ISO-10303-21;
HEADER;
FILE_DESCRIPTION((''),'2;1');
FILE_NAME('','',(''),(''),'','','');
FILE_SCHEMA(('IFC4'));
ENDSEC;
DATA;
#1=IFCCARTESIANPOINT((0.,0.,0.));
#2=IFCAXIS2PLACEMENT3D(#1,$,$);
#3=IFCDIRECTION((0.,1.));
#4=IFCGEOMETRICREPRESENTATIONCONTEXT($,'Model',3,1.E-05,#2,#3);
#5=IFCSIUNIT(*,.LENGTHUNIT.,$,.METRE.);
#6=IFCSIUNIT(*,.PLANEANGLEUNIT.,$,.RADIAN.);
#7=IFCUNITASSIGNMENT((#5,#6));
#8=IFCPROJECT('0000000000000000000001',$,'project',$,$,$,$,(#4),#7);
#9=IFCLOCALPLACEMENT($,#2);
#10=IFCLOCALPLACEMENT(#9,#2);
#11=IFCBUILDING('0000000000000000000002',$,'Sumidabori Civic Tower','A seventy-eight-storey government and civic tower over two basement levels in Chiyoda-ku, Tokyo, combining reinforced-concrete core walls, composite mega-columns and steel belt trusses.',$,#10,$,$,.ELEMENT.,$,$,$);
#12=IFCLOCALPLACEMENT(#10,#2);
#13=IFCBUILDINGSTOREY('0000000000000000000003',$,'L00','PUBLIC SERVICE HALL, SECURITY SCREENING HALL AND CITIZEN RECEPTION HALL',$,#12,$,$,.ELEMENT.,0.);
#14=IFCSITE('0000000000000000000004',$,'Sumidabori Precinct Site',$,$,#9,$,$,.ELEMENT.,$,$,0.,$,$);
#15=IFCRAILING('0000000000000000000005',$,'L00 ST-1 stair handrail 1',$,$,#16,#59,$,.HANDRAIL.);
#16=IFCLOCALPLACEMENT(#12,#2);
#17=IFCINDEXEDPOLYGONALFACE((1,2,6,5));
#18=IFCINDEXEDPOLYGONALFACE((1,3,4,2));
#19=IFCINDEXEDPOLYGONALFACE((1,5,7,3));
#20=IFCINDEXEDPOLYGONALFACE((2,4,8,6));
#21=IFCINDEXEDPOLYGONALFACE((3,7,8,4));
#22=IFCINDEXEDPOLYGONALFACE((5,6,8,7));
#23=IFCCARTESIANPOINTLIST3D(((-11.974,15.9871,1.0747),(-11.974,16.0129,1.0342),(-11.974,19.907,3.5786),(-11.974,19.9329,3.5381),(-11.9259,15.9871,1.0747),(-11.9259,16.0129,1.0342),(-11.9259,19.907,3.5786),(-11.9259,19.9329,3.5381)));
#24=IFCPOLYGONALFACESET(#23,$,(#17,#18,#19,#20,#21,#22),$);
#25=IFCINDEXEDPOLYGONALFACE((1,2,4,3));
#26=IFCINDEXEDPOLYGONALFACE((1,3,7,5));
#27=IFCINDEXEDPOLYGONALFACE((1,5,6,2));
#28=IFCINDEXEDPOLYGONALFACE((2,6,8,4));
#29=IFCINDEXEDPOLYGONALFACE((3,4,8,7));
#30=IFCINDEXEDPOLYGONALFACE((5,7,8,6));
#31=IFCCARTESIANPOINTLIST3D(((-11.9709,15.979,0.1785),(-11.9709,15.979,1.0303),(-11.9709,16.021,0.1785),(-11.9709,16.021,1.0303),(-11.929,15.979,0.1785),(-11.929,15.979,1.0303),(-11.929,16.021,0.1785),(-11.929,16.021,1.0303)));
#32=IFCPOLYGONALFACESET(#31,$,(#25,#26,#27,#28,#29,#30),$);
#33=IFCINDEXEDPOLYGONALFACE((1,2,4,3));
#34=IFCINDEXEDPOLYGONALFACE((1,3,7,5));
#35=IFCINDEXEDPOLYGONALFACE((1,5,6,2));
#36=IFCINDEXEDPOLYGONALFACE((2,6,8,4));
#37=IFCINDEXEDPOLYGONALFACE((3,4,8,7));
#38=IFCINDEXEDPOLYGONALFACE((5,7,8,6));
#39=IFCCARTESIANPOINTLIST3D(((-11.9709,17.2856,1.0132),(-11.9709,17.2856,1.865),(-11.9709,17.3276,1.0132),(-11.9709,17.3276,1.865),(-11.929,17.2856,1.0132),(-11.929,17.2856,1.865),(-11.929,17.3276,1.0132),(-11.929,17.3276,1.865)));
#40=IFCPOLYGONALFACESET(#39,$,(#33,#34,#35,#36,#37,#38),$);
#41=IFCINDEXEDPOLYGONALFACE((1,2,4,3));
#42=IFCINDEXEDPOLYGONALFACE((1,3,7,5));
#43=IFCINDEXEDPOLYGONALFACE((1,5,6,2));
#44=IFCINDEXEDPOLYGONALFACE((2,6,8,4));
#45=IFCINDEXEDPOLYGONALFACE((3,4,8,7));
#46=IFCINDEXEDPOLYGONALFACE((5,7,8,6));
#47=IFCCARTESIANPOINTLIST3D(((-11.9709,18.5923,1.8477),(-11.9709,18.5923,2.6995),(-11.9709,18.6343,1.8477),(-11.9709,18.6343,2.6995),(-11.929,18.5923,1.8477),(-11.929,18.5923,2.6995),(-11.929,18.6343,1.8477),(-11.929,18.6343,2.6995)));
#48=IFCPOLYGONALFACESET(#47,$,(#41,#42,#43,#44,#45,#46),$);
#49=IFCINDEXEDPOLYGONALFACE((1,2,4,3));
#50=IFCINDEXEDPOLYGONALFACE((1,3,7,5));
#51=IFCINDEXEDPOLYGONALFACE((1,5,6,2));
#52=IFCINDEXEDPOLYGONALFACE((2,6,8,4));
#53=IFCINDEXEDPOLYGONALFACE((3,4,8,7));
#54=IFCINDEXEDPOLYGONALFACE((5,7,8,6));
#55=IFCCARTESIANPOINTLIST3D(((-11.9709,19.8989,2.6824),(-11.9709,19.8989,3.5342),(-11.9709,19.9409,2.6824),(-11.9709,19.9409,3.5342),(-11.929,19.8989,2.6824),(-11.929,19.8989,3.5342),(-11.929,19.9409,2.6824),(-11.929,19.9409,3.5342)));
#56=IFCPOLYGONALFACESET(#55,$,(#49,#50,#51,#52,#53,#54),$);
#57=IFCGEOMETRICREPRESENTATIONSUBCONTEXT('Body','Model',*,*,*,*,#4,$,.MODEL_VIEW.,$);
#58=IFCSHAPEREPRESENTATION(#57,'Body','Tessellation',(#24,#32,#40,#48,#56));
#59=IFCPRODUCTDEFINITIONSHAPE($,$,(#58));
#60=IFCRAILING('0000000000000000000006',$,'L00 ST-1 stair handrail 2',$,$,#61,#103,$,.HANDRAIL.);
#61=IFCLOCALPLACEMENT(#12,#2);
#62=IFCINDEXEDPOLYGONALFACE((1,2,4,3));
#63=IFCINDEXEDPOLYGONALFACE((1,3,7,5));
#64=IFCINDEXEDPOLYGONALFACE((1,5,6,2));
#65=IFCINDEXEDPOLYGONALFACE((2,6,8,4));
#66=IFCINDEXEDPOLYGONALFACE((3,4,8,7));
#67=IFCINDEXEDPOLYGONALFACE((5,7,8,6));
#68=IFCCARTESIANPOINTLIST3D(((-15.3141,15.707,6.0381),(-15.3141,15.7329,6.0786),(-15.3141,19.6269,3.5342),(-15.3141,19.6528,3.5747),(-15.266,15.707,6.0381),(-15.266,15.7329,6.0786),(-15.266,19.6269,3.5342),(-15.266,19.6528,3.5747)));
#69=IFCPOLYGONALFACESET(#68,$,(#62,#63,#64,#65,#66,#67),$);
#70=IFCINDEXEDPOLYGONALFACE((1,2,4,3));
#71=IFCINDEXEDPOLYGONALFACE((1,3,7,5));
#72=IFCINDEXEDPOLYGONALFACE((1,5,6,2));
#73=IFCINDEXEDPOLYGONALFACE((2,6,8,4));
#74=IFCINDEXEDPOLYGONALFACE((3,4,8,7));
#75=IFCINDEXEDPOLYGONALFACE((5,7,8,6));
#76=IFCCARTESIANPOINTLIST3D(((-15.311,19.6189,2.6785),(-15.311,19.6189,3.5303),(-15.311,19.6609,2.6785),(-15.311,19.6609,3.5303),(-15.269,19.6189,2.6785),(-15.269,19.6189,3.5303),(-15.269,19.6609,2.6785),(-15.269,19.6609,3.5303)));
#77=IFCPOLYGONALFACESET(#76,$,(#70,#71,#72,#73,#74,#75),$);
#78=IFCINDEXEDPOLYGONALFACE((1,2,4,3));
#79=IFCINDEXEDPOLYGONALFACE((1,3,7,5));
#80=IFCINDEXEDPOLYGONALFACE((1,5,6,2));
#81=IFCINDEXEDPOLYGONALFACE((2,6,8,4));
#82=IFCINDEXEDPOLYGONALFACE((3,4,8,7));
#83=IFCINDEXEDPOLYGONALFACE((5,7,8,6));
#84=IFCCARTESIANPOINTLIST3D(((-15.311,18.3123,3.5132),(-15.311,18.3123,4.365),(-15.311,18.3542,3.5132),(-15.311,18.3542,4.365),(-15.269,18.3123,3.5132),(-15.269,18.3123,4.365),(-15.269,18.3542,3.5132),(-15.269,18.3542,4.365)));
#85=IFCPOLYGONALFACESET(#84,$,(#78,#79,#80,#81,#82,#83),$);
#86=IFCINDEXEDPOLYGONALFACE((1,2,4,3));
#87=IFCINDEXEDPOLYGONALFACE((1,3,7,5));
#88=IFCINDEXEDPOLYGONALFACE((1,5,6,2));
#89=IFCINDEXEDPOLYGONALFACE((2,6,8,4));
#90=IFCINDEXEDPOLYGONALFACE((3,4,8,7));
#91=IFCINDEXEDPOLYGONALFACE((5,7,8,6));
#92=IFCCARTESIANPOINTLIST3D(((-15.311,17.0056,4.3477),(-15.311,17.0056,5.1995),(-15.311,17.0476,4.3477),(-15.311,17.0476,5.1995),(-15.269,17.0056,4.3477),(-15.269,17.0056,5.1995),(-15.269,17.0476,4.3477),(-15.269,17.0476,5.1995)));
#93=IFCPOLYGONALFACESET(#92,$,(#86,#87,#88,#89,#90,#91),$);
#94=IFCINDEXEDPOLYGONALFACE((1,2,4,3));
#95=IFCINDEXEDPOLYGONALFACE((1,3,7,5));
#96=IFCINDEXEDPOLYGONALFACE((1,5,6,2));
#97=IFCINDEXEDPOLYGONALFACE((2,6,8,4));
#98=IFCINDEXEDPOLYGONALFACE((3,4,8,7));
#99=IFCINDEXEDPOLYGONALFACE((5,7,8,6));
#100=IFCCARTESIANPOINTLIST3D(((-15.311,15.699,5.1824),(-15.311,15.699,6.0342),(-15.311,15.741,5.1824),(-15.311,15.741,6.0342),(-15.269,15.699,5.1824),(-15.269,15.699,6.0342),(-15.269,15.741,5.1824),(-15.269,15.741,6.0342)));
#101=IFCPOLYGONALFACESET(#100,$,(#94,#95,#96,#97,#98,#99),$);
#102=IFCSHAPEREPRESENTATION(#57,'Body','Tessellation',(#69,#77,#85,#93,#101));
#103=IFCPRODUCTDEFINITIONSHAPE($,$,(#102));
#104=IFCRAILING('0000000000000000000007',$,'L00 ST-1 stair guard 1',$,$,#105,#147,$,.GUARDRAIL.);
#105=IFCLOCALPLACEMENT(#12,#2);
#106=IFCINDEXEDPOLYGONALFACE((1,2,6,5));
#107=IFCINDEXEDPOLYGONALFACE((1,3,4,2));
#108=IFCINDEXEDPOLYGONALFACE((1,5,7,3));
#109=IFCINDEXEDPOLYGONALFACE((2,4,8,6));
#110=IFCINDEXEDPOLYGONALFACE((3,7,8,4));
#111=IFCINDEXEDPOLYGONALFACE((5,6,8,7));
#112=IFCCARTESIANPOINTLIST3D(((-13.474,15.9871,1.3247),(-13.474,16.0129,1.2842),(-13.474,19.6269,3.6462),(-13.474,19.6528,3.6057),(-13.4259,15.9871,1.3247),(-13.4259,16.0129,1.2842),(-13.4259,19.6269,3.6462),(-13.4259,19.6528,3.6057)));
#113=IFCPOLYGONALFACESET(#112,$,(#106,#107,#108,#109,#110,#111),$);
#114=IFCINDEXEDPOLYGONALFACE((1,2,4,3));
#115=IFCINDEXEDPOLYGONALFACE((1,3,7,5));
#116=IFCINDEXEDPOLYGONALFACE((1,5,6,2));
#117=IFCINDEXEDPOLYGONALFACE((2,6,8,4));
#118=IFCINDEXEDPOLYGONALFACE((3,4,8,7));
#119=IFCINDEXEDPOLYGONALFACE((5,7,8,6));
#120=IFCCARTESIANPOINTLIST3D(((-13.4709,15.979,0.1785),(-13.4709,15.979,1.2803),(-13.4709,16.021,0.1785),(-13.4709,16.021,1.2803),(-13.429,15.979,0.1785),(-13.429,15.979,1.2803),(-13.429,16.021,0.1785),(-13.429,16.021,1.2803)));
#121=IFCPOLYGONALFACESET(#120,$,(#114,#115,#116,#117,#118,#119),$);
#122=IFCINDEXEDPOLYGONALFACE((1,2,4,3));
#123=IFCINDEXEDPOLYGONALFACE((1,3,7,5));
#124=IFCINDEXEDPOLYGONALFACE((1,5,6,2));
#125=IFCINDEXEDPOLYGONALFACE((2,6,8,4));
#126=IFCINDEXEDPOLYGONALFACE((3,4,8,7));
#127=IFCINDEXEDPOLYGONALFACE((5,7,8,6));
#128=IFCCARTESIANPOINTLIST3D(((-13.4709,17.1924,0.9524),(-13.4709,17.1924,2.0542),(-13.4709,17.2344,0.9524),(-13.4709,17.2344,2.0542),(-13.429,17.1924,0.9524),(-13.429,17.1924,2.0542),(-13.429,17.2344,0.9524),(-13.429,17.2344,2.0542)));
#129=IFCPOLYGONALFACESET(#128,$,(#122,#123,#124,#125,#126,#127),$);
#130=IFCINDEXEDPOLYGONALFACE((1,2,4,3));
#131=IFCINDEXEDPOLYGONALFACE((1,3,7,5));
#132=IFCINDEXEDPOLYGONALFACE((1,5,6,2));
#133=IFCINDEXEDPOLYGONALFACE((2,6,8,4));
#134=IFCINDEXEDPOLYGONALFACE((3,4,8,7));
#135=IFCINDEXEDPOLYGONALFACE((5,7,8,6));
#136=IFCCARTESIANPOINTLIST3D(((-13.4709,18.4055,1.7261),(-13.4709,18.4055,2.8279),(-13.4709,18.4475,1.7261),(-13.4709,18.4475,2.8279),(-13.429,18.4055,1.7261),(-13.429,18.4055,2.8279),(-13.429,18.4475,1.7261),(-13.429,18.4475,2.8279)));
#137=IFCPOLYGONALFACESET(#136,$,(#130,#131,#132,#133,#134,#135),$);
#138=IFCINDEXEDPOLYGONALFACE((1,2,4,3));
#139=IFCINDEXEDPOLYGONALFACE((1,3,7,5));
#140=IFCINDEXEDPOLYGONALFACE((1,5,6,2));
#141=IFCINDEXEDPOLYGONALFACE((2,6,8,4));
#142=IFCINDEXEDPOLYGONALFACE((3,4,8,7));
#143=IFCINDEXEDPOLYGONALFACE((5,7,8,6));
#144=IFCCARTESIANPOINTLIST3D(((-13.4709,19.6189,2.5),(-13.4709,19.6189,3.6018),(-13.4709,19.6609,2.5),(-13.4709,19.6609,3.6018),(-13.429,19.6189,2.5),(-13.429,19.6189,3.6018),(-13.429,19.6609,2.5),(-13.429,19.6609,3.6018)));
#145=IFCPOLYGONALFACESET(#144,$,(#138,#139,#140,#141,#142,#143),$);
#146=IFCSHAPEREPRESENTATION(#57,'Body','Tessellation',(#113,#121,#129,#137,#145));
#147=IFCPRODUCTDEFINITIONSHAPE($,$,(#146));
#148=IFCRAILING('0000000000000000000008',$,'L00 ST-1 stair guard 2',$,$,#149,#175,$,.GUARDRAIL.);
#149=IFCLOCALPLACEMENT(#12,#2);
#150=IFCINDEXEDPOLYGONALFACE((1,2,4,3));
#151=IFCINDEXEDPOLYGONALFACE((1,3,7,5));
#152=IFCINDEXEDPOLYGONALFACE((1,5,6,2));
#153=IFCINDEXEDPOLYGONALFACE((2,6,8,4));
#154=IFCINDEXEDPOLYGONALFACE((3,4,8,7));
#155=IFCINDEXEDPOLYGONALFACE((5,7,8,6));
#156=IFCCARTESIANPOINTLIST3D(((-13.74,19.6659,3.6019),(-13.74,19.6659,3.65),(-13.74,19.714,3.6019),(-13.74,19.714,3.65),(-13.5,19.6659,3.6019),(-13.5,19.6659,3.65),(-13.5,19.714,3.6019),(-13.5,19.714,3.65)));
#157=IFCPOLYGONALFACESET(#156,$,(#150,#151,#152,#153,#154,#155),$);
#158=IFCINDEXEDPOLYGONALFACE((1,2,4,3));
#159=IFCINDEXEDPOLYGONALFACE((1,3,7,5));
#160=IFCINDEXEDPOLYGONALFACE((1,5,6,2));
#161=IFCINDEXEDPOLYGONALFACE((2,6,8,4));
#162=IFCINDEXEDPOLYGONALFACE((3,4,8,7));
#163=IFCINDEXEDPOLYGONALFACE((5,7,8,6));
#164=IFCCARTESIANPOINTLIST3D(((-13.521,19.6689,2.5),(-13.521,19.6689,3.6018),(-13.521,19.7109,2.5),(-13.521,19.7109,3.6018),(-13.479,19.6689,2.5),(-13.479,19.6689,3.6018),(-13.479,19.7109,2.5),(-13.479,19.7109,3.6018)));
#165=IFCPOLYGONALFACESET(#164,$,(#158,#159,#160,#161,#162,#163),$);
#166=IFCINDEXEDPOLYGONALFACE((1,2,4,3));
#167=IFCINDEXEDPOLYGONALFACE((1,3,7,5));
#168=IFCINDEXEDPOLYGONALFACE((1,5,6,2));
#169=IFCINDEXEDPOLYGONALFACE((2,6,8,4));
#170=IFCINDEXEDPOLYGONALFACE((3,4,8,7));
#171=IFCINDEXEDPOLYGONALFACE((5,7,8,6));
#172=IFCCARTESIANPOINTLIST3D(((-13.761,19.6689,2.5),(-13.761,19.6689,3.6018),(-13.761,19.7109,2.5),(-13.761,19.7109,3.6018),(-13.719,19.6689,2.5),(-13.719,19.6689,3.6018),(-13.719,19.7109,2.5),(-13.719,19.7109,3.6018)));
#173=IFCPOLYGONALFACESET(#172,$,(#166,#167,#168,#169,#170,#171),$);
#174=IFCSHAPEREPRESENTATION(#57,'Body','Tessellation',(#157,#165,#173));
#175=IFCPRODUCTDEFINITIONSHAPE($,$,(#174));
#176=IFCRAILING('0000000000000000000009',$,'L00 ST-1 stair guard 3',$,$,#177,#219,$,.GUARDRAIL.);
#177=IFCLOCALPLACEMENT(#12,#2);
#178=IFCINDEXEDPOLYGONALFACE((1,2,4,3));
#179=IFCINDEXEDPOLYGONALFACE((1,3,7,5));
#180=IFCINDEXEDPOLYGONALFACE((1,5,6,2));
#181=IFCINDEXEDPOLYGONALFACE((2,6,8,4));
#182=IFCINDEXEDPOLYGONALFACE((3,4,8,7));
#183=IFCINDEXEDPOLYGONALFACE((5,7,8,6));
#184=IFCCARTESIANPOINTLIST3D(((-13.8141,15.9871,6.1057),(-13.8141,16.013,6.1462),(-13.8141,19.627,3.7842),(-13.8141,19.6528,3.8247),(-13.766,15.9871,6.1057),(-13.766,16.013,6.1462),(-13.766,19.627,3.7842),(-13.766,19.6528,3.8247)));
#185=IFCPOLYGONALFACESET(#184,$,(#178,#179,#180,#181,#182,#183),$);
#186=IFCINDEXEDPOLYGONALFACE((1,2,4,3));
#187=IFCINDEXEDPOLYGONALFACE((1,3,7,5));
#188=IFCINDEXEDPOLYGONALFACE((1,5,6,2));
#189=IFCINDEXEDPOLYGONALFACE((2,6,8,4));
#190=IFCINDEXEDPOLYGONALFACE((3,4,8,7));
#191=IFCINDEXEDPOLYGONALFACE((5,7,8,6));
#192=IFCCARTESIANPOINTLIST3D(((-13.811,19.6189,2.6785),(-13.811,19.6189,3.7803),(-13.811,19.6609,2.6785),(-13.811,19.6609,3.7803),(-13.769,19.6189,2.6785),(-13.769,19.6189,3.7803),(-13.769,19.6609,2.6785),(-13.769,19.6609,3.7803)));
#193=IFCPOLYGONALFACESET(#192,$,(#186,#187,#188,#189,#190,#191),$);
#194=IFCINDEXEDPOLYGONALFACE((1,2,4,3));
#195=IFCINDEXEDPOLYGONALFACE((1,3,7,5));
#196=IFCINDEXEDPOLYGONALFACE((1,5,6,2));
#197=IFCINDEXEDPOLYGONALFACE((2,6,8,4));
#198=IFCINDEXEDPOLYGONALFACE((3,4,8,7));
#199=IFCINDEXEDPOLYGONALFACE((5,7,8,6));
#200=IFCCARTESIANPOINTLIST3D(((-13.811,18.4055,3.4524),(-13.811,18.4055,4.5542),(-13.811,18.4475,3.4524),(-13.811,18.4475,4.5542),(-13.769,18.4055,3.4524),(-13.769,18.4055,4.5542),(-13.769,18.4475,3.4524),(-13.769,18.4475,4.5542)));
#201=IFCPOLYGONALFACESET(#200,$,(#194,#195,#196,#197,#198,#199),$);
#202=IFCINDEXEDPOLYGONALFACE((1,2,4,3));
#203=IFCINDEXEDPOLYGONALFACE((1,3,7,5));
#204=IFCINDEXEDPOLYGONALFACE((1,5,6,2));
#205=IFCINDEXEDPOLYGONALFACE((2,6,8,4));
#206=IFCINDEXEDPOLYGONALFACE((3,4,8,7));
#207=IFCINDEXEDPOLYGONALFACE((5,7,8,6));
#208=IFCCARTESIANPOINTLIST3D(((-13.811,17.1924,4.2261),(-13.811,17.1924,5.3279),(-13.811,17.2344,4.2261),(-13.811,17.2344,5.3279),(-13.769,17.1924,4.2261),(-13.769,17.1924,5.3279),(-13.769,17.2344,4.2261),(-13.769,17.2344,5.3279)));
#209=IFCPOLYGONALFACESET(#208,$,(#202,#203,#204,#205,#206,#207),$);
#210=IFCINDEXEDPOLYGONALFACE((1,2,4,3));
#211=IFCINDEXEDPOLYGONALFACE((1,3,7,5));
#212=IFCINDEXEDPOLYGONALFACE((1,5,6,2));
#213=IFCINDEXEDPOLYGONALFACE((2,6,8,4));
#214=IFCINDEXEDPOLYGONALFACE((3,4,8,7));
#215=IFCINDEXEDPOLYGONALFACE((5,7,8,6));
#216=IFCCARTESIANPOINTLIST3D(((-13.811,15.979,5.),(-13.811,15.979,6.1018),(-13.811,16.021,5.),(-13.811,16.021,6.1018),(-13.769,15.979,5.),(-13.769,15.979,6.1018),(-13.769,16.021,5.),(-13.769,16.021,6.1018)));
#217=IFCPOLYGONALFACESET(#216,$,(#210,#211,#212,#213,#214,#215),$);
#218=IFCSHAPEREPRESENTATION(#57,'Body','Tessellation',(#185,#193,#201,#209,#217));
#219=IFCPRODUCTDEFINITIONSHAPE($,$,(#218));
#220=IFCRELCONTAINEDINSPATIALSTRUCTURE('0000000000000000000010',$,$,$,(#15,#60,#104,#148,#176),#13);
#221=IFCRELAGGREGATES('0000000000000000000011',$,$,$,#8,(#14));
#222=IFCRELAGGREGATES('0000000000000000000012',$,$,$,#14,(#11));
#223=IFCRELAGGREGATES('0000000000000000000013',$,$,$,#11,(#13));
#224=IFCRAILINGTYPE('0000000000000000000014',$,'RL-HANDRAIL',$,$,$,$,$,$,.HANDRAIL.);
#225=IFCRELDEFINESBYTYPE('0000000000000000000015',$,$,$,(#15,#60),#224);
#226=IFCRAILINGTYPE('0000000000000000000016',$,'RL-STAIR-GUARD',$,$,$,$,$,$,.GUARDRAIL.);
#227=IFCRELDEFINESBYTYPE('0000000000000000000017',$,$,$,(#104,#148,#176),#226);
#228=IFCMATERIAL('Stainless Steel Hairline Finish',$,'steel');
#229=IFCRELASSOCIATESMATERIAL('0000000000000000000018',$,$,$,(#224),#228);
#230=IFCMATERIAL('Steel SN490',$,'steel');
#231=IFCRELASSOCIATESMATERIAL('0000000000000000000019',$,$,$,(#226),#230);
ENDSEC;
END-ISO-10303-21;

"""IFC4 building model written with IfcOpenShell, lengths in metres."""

from ifc_helpers import new_model, si_unit, direction, frame, origin, origin_2d, place, context, subcontext, project, spatial, rectangle, extrude, material, type_object, element, save


model = new_model("IFC4")

# Units and contexts
model_context = context("Model", 3, precision=1e-05, world=origin(), true_north=direction((0.0, 1.0)))
body_context = subcontext(model_context, "Body", "Model", "MODEL_VIEW")
ifc_project = project(units=[si_unit("LENGTHUNIT", "METRE"), si_unit("PLANEANGLEUNIT", "RADIAN")], contexts=[model_context])

# Site, building, storey
site_placement = place(None, origin())
site = spatial("IfcSite", under=ifc_project, at=site_placement, Name="Sumidabori Precinct Site", CompositionType="ELEMENT", RefElevation=0.0)
building_placement = place(site_placement, origin())
building = spatial("IfcBuilding", under=site, at=building_placement, Name="Sumidabori Civic Tower", Description="A seventy-eight-storey government and civic tower over two basement levels in Chiyoda-ku, Tokyo, combining reinforced-concrete core walls, composite mega-columns and steel belt trusses.", CompositionType="ELEMENT")
storey_placement = place(building_placement, origin())
storey = spatial("IfcBuildingStorey", under=building, at=storey_placement, Name="L00", Description="PUBLIC SERVICE HALL, SECURITY SCREENING HALL AND CITIZEN RECEPTION HALL", CompositionType="ELEMENT", Elevation=0.0)

# Shared definitions
ifc_material_1 = material(Name="Steel SN490", Category="steel")

# Railings
ifc_material_2 = material(Name="Stainless Steel Hairline Finish", Category="steel")
railing_type_1 = type_object("IfcRailingType", Name="RL-HANDRAIL", PredefinedType="HANDRAIL", material=ifc_material_2)
railing_1_placement = place(storey_placement, frame((-11.95, 16.0, 0.1785)))
element("IfcRailing", 1, at=railing_1_placement, inside=storey, type_object=railing_type_1, Name="L00 ST-1 stair handrail 1", PredefinedType="HANDRAIL", context=body_context, shape_type="SweptSolid", body=[
    extrude(rectangle(XDim=0.0481, YDim=0.0481, at=origin_2d()), frame((0.0, 0.0, 0.876), z_axis=(0.0, 0.842744, 0.538315), x_axis=(-1.0, 0.0, 0.0)), (0.0, 0.0, 1.0), 4.6514),
    extrude(rectangle(XDim=0.042, YDim=0.042, at=origin_2d()), origin(), (0.0, 0.0, 1.0), 0.8518),
    extrude(rectangle(XDim=0.042, YDim=0.042, at=origin_2d()), frame((0.0, 1.3066, 0.8347)), (0.0, 0.0, 1.0), 0.8518),
    extrude(rectangle(XDim=0.042, YDim=0.042, at=origin_2d()), frame((0.0, 2.6133, 1.6692)), (0.0, 0.0, 1.0), 0.8518),
    extrude(rectangle(XDim=0.042, YDim=0.042, at=origin_2d()), frame((0.0, 3.9199, 2.5039)), (0.0, 0.0, 1.0), 0.8518),
])
railing_2_placement = place(storey_placement, frame((-15.29, 19.6399, 2.6785)))
element("IfcRailing", 2, at=railing_2_placement, inside=storey, type_object=railing_type_1, Name="L00 ST-1 stair handrail 2", PredefinedType="HANDRAIL", context=body_context, shape_type="SweptSolid", body=[
    extrude(rectangle(XDim=0.0481, YDim=0.0481, at=origin_2d()), frame((0.0, 0.0, 0.876), z_axis=(0.0, -0.842744, 0.538315), x_axis=(1.0, 0.0, 0.0)), (0.0, 0.0, 1.0), 4.6514),
    extrude(rectangle(XDim=0.042, YDim=0.042, at=origin_2d()), origin(), (0.0, 0.0, 1.0), 0.8518),
    extrude(rectangle(XDim=0.042, YDim=0.042, at=origin_2d()), frame((0.0, -1.3066, 0.8347)), (0.0, 0.0, 1.0), 0.8518),
    extrude(rectangle(XDim=0.042, YDim=0.042, at=origin_2d()), frame((0.0, -2.6133, 1.6692)), (0.0, 0.0, 1.0), 0.8518),
    extrude(rectangle(XDim=0.042, YDim=0.042, at=origin_2d()), frame((0.0, -3.9199, 2.5039)), (0.0, 0.0, 1.0), 0.8518),
])
railing_type_2 = type_object("IfcRailingType", Name="RL-STAIR-GUARD", PredefinedType="GUARDRAIL", material=ifc_material_1)
railing_3_placement = place(storey_placement, frame((-13.45, 16.0, 0.1785)))
element("IfcRailing", 3, at=railing_3_placement, inside=storey, type_object=railing_type_2, Name="L00 ST-1 stair guard 1", PredefinedType="GUARDRAIL", context=body_context, shape_type="SweptSolid", body=[
    extrude(rectangle(XDim=0.0481, YDim=0.0481, at=origin_2d()), frame((0.0, 0.0, 1.126), z_axis=(0.0, 0.843112, 0.537739), x_axis=(-1.0, 0.0, 0.0)), (0.0, 0.0, 1.0), 4.3171),
    extrude(rectangle(XDim=0.042, YDim=0.042, at=origin_2d()), origin(), (0.0, 0.0, 1.0), 1.1018),
    extrude(rectangle(XDim=0.042, YDim=0.042, at=origin_2d()), frame((0.0, 1.2134, 0.7739)), (0.0, 0.0, 1.0), 1.1018),
    extrude(rectangle(XDim=0.042, YDim=0.042, at=origin_2d()), frame((0.0, 2.4265, 1.5476)), (0.0, 0.0, 1.0), 1.1018),
    extrude(rectangle(XDim=0.042, YDim=0.042, at=origin_2d()), frame((0.0, 3.6399, 2.3215)), (0.0, 0.0, 1.0), 1.1018),
])
railing_4_placement = place(storey_placement, frame((-13.5, 19.6899, 2.5)))
element("IfcRailing", 4, at=railing_4_placement, inside=storey, type_object=railing_type_2, Name="L00 ST-1 stair guard 2", PredefinedType="GUARDRAIL", context=body_context, shape_type="SweptSolid", body=[
    extrude(rectangle(XDim=0.0481, YDim=0.0481, at=origin_2d()), frame((0.0, 0.0, 1.126), z_axis=(-1.0, 0.0, 0.0), x_axis=(0.0, -1.0, 0.0)), (0.0, 0.0, 1.0), 0.24),
    extrude(rectangle(XDim=0.042, YDim=0.042, at=origin_2d()), origin(), (0.0, 0.0, 1.0), 1.1018),
    extrude(rectangle(XDim=0.042, YDim=0.042, at=origin_2d()), frame((-0.24, 0.0, 0.0)), (0.0, 0.0, 1.0), 1.1018),
])
railing_5_placement = place(storey_placement, frame((-13.79, 19.6399, 2.6785)))
element("IfcRailing", 5, at=railing_5_placement, inside=storey, type_object=railing_type_2, Name="L00 ST-1 stair guard 3", PredefinedType="GUARDRAIL", context=body_context, shape_type="SweptSolid", body=[
    extrude(rectangle(XDim=0.0481, YDim=0.0481, at=origin_2d()), frame((0.0, 0.0, 1.126), z_axis=(0.0, -0.843112, 0.537739), x_axis=(1.0, 0.0, 0.0)), (0.0, 0.0, 1.0), 4.3171),
    extrude(rectangle(XDim=0.042, YDim=0.042, at=origin_2d()), origin(), (0.0, 0.0, 1.0), 1.1018),
    extrude(rectangle(XDim=0.042, YDim=0.042, at=origin_2d()), frame((0.0, -1.2134, 0.7739)), (0.0, 0.0, 1.0), 1.1018),
    extrude(rectangle(XDim=0.042, YDim=0.042, at=origin_2d()), frame((0.0, -2.4265, 1.5476)), (0.0, 0.0, 1.0), 1.1018),
    extrude(rectangle(XDim=0.042, YDim=0.042, at=origin_2d()), frame((0.0, -3.6399, 2.3215)), (0.0, 0.0, 1.0), 1.1018),
])

save(model, "model.ifc")
